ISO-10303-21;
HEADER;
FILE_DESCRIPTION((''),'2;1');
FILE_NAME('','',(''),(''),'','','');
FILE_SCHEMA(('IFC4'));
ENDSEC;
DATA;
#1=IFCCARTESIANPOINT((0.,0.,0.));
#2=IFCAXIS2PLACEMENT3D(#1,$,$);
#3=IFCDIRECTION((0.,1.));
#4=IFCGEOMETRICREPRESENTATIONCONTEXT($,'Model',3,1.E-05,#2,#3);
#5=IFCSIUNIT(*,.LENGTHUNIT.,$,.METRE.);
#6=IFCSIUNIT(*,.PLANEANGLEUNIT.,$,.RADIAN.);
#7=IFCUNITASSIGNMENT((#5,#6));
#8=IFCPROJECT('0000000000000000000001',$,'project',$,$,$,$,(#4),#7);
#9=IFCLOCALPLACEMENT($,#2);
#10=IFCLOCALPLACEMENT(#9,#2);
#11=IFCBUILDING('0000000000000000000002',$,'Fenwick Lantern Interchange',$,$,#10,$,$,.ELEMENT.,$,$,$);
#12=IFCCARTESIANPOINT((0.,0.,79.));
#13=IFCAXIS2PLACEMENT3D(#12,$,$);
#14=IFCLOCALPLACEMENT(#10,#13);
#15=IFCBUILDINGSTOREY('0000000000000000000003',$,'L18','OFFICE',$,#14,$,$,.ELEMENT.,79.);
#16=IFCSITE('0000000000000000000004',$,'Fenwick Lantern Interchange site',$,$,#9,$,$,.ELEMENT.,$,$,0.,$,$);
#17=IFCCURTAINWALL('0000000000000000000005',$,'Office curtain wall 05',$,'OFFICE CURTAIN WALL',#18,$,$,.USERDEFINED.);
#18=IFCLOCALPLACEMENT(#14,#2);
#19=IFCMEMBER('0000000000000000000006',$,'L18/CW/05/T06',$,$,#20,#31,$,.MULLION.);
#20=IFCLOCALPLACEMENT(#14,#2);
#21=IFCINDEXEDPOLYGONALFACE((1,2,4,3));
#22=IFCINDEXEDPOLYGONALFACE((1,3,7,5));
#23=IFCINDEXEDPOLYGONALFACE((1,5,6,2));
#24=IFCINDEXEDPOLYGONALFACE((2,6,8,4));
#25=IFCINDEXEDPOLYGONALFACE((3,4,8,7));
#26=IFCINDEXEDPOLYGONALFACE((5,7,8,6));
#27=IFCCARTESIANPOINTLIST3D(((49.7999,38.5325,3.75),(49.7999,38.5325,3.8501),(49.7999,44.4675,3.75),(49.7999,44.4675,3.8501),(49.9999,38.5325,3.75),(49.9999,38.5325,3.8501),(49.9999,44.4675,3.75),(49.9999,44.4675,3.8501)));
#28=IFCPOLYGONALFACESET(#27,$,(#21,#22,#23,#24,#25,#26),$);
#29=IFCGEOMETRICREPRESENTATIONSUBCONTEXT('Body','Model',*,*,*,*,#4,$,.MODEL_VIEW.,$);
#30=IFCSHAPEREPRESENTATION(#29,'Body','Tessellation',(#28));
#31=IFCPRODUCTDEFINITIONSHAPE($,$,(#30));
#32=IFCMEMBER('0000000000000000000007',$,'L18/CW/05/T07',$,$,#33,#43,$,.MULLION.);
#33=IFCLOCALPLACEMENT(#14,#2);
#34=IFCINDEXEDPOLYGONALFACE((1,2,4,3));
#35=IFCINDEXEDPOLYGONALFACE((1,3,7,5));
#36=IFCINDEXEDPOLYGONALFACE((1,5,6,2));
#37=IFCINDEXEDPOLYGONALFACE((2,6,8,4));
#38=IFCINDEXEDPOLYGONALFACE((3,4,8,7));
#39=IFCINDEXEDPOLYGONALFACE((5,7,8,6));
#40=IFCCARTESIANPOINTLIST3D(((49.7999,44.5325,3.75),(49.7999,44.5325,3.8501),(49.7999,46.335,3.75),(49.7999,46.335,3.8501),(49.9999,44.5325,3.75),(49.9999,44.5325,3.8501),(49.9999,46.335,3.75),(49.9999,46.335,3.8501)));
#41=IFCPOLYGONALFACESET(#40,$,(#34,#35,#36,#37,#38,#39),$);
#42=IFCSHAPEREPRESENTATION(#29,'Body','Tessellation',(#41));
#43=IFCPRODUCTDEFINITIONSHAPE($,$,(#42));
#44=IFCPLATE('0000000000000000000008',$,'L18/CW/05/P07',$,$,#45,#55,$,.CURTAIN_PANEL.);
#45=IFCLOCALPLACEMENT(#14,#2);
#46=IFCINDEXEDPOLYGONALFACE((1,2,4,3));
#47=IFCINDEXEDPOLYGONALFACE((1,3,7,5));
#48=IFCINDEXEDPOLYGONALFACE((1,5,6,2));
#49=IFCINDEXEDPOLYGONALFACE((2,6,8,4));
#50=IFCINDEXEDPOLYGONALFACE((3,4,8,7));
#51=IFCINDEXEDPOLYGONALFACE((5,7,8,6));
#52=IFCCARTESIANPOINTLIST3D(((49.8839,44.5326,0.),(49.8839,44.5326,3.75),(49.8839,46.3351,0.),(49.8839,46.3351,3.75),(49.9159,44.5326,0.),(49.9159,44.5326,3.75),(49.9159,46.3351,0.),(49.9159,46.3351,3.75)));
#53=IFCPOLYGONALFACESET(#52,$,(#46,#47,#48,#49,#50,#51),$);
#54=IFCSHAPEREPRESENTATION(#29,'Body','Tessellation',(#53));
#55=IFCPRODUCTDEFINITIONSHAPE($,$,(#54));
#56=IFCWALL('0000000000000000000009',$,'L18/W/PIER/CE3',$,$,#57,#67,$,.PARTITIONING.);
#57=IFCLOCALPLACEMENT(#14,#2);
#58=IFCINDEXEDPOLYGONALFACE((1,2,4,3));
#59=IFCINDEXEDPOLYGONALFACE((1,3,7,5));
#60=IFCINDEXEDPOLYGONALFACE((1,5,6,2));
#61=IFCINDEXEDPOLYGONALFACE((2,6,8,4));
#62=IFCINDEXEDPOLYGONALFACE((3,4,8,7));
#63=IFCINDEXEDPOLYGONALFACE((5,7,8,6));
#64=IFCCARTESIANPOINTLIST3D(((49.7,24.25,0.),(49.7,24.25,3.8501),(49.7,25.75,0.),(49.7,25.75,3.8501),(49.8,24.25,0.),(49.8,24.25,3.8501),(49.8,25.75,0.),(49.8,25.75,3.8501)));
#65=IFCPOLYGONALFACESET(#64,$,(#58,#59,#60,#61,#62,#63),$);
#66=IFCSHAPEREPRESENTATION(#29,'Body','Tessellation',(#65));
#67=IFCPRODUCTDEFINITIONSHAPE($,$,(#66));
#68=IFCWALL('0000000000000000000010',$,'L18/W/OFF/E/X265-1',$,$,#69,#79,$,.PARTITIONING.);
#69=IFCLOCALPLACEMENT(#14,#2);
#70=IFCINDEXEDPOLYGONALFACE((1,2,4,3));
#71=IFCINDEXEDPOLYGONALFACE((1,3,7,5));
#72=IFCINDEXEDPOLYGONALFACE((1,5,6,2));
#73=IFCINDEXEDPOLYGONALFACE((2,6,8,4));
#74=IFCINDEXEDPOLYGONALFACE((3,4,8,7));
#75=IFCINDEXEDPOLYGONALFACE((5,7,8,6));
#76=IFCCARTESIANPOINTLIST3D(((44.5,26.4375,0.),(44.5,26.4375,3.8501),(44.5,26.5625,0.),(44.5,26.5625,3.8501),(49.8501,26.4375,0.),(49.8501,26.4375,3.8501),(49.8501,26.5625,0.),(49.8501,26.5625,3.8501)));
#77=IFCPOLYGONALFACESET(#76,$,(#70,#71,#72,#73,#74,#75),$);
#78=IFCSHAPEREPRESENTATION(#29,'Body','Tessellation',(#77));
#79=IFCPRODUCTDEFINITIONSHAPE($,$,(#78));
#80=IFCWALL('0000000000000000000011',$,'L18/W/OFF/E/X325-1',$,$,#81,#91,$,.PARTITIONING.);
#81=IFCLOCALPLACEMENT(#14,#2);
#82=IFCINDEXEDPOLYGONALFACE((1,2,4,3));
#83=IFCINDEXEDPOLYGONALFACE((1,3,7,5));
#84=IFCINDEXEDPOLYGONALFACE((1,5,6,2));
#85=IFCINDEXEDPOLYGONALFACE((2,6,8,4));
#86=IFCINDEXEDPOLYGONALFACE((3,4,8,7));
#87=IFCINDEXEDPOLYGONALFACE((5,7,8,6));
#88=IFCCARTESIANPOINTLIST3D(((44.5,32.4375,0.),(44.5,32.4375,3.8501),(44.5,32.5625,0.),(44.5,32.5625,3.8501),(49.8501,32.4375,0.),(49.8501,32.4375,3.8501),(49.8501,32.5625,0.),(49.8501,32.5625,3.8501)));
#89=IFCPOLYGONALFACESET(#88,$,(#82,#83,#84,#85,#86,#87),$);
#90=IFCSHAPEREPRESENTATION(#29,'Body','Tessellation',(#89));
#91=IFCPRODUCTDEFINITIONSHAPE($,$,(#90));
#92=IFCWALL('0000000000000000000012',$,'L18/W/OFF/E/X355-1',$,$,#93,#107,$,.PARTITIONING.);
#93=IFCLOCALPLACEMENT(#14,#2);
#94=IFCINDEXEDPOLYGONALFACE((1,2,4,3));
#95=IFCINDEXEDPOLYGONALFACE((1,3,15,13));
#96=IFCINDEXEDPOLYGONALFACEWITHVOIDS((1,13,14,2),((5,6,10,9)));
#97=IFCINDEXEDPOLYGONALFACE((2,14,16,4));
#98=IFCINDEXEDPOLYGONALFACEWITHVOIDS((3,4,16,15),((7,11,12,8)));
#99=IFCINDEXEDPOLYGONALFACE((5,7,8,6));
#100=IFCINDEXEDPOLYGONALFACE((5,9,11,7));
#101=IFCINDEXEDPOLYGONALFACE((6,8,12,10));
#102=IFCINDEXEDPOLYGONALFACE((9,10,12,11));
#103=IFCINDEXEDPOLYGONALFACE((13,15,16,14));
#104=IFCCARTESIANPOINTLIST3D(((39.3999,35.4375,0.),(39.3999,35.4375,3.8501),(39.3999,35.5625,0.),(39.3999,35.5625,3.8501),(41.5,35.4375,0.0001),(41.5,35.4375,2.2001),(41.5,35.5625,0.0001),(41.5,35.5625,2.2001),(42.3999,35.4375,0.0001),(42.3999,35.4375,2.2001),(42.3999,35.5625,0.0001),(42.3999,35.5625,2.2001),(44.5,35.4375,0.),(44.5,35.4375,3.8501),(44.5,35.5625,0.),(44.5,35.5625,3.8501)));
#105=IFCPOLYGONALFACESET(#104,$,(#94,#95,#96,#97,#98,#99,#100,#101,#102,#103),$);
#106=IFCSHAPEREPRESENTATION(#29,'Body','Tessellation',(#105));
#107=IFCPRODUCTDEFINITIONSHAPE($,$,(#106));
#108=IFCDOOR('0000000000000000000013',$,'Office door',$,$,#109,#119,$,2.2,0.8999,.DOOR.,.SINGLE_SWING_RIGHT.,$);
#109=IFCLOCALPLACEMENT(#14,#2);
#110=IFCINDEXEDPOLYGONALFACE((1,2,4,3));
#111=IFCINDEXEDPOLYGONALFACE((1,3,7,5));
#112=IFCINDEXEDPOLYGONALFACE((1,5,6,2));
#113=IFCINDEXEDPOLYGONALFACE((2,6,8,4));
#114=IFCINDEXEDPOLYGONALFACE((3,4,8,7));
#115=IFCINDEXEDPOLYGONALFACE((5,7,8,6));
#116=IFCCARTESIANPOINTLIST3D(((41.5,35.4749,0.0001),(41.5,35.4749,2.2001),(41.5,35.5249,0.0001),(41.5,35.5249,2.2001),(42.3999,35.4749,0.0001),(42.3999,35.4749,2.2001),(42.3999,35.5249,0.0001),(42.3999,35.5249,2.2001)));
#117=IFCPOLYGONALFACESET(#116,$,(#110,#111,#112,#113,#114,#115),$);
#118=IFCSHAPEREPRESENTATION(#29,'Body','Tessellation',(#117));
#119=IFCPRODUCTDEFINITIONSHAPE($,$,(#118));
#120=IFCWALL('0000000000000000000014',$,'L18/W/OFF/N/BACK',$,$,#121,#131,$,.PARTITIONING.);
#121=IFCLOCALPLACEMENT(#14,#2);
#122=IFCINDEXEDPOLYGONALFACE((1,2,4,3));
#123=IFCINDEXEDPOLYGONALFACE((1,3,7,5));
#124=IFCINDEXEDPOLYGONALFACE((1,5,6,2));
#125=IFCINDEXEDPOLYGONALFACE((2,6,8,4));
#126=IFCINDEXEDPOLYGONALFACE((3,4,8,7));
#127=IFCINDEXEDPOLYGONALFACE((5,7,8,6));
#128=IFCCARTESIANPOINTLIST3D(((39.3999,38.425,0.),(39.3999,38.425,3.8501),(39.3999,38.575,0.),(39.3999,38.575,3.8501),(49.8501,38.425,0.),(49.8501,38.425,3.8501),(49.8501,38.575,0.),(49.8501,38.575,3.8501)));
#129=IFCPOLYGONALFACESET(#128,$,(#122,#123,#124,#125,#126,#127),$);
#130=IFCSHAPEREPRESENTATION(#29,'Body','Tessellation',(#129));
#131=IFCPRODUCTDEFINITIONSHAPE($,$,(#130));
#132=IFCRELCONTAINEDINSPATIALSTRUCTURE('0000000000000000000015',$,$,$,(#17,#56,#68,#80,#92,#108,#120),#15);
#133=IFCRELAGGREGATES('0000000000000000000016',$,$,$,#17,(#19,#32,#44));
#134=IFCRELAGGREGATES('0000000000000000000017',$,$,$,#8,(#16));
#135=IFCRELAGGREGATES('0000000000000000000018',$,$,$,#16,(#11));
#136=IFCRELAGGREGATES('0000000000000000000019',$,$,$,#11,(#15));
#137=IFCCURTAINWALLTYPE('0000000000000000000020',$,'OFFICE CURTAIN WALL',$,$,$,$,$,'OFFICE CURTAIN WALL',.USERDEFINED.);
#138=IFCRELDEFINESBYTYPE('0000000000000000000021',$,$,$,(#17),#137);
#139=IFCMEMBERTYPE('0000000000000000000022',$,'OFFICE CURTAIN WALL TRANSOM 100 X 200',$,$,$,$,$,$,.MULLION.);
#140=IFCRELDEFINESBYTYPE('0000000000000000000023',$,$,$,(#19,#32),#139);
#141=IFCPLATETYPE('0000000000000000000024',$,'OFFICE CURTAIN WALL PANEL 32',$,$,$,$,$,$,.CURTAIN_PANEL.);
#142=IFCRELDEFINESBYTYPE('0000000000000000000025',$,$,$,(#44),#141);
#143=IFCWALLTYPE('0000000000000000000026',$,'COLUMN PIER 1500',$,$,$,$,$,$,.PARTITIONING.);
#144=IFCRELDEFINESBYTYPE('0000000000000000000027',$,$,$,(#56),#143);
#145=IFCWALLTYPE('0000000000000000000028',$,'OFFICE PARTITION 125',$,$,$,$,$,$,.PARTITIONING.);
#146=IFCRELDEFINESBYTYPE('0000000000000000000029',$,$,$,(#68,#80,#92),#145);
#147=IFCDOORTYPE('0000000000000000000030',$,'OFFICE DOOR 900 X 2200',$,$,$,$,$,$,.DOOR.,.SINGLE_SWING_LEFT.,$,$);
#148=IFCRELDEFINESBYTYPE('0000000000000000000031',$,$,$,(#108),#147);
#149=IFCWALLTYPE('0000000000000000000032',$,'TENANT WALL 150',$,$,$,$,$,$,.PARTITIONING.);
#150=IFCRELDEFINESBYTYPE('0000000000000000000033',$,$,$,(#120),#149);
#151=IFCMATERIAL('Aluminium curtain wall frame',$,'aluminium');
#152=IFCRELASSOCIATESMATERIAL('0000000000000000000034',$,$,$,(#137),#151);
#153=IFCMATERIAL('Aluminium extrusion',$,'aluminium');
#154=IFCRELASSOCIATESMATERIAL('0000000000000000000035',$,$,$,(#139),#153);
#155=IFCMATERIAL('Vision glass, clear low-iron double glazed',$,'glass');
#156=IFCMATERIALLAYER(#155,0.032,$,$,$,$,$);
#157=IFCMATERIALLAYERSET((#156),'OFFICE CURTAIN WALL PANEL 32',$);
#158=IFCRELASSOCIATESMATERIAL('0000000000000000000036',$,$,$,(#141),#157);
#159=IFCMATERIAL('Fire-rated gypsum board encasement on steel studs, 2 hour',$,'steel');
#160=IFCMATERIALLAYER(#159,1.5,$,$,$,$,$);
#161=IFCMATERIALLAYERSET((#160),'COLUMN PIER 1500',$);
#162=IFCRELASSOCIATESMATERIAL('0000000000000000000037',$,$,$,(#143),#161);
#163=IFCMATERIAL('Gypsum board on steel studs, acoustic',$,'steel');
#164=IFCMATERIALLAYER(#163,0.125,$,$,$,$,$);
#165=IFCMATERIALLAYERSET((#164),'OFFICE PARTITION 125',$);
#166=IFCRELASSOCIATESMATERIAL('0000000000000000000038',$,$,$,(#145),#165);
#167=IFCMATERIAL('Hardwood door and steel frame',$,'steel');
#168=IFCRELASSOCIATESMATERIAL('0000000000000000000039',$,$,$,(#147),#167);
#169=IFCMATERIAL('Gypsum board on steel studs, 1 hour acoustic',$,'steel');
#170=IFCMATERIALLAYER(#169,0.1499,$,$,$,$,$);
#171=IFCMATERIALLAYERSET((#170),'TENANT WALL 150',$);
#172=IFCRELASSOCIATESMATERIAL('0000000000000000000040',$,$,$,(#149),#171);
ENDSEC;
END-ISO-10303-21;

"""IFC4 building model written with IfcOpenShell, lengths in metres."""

from ifc_helpers import new_model, si_unit, direction, frame, frame_2d, origin, origin_2d, place, context, subcontext, project, spatial, rectangle, extrude, material, layer, layer_set, material_profile, profile_set, type_object, element, fill, aggregate, save


model = new_model("IFC4")

# Units and contexts
model_context = context("Model", 3, precision=1e-05, world=origin(), true_north=direction((0.0, 1.0)))
body_context = subcontext(model_context, "Body", "Model", "MODEL_VIEW")
ifc_project = project(units=[si_unit("LENGTHUNIT", "METRE"), si_unit("PLANEANGLEUNIT", "RADIAN")], contexts=[model_context])

# Site, building, storey
site_placement = place(None, origin())
site = spatial("IfcSite", under=ifc_project, at=site_placement, Name="Fenwick Lantern Interchange site", CompositionType="ELEMENT", RefElevation=0.0)
building_placement = place(site_placement, origin())
building = spatial("IfcBuilding", under=site, at=building_placement, Name="Fenwick Lantern Interchange", CompositionType="ELEMENT")
storey_placement = place(building_placement, frame((0.0, 0.0, 79.0)))
storey = spatial("IfcBuildingStorey", under=building, at=storey_placement, Name="L18", Description="OFFICE", CompositionType="ELEMENT", Elevation=79.0)

# Curtain wall, members, plate
ifc_material_1 = material(Name="Aluminium curtain wall frame", Category="aluminium")
curtain_wall_type = type_object("IfcCurtainWallType", Name="OFFICE CURTAIN WALL", ElementType="OFFICE CURTAIN WALL", PredefinedType="USERDEFINED", material=ifc_material_1)
curtain_wall_placement = place(storey_placement, origin())
curtain_wall = element("IfcCurtainWall", 1, at=curtain_wall_placement, inside=storey, type_object=curtain_wall_type, Name="Office curtain wall 05", ObjectType="OFFICE CURTAIN WALL", PredefinedType="USERDEFINED")
ifc_material_2 = material(Name="Aluminium extrusion", Category="aluminium")
ifc_material_profile_1 = material_profile(ifc_material_2, rectangle(XDim=0.2, YDim=0.1001, at=origin_2d()), Name="OFFICE CURTAIN WALL TRANSOM 100 X 200")
ifc_profile_set_1 = profile_set([ifc_material_profile_1], Name="Aluminium extrusion")
member_type_1 = type_object("IfcMemberType", Name="OFFICE CURTAIN WALL TRANSOM 100 X 200", PredefinedType="MULLION", material=ifc_profile_set_1)
member_1_placement = place(storey_placement, frame((49.8999, 38.5325, 3.8), z_axis=(0.0, 1.0, 0.0), x_axis=(-1.0, 0.0, 0.0)))
member_1 = element("IfcMember", 2, at=member_1_placement, type_object=member_type_1, Name="L18/CW/05/T06", PredefinedType="MULLION", context=body_context, shape_type="SweptSolid", body=[
    extrude(rectangle(XDim=0.2, YDim=0.1001, at=origin_2d()), origin(), (0.0, 0.0, 1.0), 5.9351),
])
member_2_placement = place(storey_placement, frame((49.8999, 44.5325, 3.8), z_axis=(0.0, 1.0, 0.0), x_axis=(-1.0, 0.0, 0.0)))
member_2 = element("IfcMember", 3, at=member_2_placement, type_object=member_type_1, Name="L18/CW/05/T07", PredefinedType="MULLION", context=body_context, shape_type="SweptSolid", body=[
    extrude(rectangle(XDim=0.2, YDim=0.1001, at=origin_2d()), origin(), (0.0, 0.0, 1.0), 1.8025),
])
ifc_material_3 = material(Name="Vision glass, clear low-iron double glazed", Category="glass")
ifc_layer_1 = layer(ifc_material_3, 0.032)
ifc_layer_set_1 = layer_set([ifc_layer_1], Name="OFFICE CURTAIN WALL PANEL 32")
plate_type = type_object("IfcPlateType", Name="OFFICE CURTAIN WALL PANEL 32", PredefinedType="CURTAIN_PANEL", material=ifc_layer_set_1)
plate_placement = place(storey_placement, frame((49.8999, 45.4338, 0.0), z_axis=(0.0, 0.0, 1.0), x_axis=(0.0, 1.0, 0.0)))
plate = element("IfcPlate", 4, at=plate_placement, type_object=plate_type, Name="L18/CW/05/P07", PredefinedType="CURTAIN_PANEL", context=body_context, shape_type="SweptSolid", body=[
    extrude(rectangle(XDim=1.8025, YDim=0.032, at=origin_2d()), origin(), (0.0, 0.0, 1.0), 3.75),
])
aggregate(curtain_wall, [member_1, member_2, plate])

# Walls
ifc_material_4 = material(Name="Fire-rated gypsum board encasement on steel studs, 2 hour", Category="steel")
ifc_layer_2 = layer(ifc_material_4, 1.5)
ifc_layer_set_2 = layer_set([ifc_layer_2], Name="COLUMN PIER 1500")
wall_type_1 = type_object("IfcWallType", Name="COLUMN PIER 1500", PredefinedType="PARTITIONING", material=ifc_layer_set_2)
wall_1_placement = place(storey_placement, frame((49.8, 25.0, 0.0), z_axis=(0.0, 0.0, 1.0), x_axis=(-1.0, 0.0, 0.0)))
element("IfcWall", 5, at=wall_1_placement, inside=storey, type_object=wall_type_1, Name="L18/W/PIER/CE3", PredefinedType="PARTITIONING", context=body_context, shape_type="SweptSolid", body=[
    extrude(rectangle(XDim=0.1001, YDim=1.5, at=frame_2d((0.05, 0.0))), origin(), (0.0, 0.0, 1.0), 3.8501),
])
ifc_material_5 = material(Name="Gypsum board on steel studs, acoustic", Category="steel")
ifc_layer_3 = layer(ifc_material_5, 0.125)
ifc_layer_set_3 = layer_set([ifc_layer_3], Name="OFFICE PARTITION 125")
wall_type_2 = type_object("IfcWallType", Name="OFFICE PARTITION 125", PredefinedType="PARTITIONING", material=ifc_layer_set_3)
for number, where, z_axis, x_axis, name in (
    (6, (49.8501, 26.5, 0.0), (0.0, 0.0, 1.0), (-1.0, 0.0, 0.0), "L18/W/OFF/E/X265-1"),
    (7, (49.8501, 32.5, 0.0), (0.0, 0.0, 1.0), (-1.0, 0.0, 0.0), "L18/W/OFF/E/X325-1"),
):
    element("IfcWall", number, at=place(storey_placement, frame(where, z_axis=z_axis, x_axis=x_axis)), inside=storey, type_object=wall_type_2, Name=name, PredefinedType="PARTITIONING", context=body_context, shape_type="SweptSolid", body=[
        extrude(rectangle(XDim=5.3501, YDim=0.125, at=frame_2d((2.675, 0.0))), origin(), (0.0, 0.0, 1.0), 3.8501),
    ])

# Wall, opening, door
wall_2_placement = place(storey_placement, frame((44.5, 35.5, 0.0), z_axis=(0.0, 0.0, 1.0), x_axis=(-1.0, 0.0, 0.0)))
wall_2 = element("IfcWall", 8, at=wall_2_placement, inside=storey, type_object=wall_type_2, Name="L18/W/OFF/E/X355-1", PredefinedType="PARTITIONING", context=body_context, shape_type="SweptSolid", body=[
    extrude(rectangle(XDim=5.1001, YDim=0.125, at=frame_2d((2.55, 0.0))), origin(), (0.0, 0.0, 1.0), 3.8501),
])
opening_placement = place(wall_2_placement, frame((2.1001, 0.0, 0.0)))
opening = element("IfcOpeningElement", 9, at=opening_placement, cuts=wall_2, PredefinedType="OPENING", context=body_context, shape_type="SweptSolid", body=[
    extrude(rectangle(XDim=0.8999, YDim=2.2, at=frame_2d((0.45, 1.1001))), frame((0.0, 0.0725, 0.0), z_axis=(0.0, -1.0, 0.0), x_axis=(1.0, 0.0, 0.0)), (0.0, 0.0, 1.0), 0.145),
])
ifc_material_6 = material(Name="Hardwood door and steel frame", Category="steel")
door_type = type_object("IfcDoorType", Name="OFFICE DOOR 900 X 2200", OperationType="SINGLE_SWING_LEFT", PredefinedType="DOOR", material=ifc_material_6)
door_placement = place(opening_placement, frame((0.8999, 0.0, 0.0), z_axis=(0.0, 0.0, 1.0), x_axis=(-1.0, 0.0, 0.0)))
door = element("IfcDoor", 10, at=door_placement, inside=storey, type_object=door_type, Name="Office door", OperationType="SINGLE_SWING_RIGHT", OverallHeight=2.2, OverallWidth=0.8999, PredefinedType="DOOR", context=body_context, shape_type="SweptSolid", body=[
    extrude(rectangle(XDim=0.8999, YDim=2.2, at=frame_2d((0.45, 1.1001))), frame((0.0, 0.0249, 0.0), z_axis=(0.0, -1.0, 0.0), x_axis=(1.0, 0.0, 0.0)), (0.0, 0.0, 1.0), 0.05),
])
fill(opening, door)

# Wall
ifc_material_7 = material(Name="Gypsum board on steel studs, 1 hour acoustic", Category="steel")
ifc_layer_4 = layer(ifc_material_7, 0.1499)
ifc_layer_set_4 = layer_set([ifc_layer_4], Name="TENANT WALL 150")
wall_type_3 = type_object("IfcWallType", Name="TENANT WALL 150", PredefinedType="PARTITIONING", material=ifc_layer_set_4)
wall_3_placement = place(storey_placement, frame((49.8501, 38.5, 0.0), z_axis=(0.0, 0.0, 1.0), x_axis=(-1.0, 0.0, 0.0)))
element("IfcWall", 11, at=wall_3_placement, inside=storey, type_object=wall_type_3, Name="L18/W/OFF/N/BACK", PredefinedType="PARTITIONING", context=body_context, shape_type="SweptSolid", body=[
    extrude(rectangle(XDim=10.4502, YDim=0.1499, at=frame_2d((5.2251, 0.0))), origin(), (0.0, 0.0, 1.0), 3.8501),
])

save(model, "model.ifc")
